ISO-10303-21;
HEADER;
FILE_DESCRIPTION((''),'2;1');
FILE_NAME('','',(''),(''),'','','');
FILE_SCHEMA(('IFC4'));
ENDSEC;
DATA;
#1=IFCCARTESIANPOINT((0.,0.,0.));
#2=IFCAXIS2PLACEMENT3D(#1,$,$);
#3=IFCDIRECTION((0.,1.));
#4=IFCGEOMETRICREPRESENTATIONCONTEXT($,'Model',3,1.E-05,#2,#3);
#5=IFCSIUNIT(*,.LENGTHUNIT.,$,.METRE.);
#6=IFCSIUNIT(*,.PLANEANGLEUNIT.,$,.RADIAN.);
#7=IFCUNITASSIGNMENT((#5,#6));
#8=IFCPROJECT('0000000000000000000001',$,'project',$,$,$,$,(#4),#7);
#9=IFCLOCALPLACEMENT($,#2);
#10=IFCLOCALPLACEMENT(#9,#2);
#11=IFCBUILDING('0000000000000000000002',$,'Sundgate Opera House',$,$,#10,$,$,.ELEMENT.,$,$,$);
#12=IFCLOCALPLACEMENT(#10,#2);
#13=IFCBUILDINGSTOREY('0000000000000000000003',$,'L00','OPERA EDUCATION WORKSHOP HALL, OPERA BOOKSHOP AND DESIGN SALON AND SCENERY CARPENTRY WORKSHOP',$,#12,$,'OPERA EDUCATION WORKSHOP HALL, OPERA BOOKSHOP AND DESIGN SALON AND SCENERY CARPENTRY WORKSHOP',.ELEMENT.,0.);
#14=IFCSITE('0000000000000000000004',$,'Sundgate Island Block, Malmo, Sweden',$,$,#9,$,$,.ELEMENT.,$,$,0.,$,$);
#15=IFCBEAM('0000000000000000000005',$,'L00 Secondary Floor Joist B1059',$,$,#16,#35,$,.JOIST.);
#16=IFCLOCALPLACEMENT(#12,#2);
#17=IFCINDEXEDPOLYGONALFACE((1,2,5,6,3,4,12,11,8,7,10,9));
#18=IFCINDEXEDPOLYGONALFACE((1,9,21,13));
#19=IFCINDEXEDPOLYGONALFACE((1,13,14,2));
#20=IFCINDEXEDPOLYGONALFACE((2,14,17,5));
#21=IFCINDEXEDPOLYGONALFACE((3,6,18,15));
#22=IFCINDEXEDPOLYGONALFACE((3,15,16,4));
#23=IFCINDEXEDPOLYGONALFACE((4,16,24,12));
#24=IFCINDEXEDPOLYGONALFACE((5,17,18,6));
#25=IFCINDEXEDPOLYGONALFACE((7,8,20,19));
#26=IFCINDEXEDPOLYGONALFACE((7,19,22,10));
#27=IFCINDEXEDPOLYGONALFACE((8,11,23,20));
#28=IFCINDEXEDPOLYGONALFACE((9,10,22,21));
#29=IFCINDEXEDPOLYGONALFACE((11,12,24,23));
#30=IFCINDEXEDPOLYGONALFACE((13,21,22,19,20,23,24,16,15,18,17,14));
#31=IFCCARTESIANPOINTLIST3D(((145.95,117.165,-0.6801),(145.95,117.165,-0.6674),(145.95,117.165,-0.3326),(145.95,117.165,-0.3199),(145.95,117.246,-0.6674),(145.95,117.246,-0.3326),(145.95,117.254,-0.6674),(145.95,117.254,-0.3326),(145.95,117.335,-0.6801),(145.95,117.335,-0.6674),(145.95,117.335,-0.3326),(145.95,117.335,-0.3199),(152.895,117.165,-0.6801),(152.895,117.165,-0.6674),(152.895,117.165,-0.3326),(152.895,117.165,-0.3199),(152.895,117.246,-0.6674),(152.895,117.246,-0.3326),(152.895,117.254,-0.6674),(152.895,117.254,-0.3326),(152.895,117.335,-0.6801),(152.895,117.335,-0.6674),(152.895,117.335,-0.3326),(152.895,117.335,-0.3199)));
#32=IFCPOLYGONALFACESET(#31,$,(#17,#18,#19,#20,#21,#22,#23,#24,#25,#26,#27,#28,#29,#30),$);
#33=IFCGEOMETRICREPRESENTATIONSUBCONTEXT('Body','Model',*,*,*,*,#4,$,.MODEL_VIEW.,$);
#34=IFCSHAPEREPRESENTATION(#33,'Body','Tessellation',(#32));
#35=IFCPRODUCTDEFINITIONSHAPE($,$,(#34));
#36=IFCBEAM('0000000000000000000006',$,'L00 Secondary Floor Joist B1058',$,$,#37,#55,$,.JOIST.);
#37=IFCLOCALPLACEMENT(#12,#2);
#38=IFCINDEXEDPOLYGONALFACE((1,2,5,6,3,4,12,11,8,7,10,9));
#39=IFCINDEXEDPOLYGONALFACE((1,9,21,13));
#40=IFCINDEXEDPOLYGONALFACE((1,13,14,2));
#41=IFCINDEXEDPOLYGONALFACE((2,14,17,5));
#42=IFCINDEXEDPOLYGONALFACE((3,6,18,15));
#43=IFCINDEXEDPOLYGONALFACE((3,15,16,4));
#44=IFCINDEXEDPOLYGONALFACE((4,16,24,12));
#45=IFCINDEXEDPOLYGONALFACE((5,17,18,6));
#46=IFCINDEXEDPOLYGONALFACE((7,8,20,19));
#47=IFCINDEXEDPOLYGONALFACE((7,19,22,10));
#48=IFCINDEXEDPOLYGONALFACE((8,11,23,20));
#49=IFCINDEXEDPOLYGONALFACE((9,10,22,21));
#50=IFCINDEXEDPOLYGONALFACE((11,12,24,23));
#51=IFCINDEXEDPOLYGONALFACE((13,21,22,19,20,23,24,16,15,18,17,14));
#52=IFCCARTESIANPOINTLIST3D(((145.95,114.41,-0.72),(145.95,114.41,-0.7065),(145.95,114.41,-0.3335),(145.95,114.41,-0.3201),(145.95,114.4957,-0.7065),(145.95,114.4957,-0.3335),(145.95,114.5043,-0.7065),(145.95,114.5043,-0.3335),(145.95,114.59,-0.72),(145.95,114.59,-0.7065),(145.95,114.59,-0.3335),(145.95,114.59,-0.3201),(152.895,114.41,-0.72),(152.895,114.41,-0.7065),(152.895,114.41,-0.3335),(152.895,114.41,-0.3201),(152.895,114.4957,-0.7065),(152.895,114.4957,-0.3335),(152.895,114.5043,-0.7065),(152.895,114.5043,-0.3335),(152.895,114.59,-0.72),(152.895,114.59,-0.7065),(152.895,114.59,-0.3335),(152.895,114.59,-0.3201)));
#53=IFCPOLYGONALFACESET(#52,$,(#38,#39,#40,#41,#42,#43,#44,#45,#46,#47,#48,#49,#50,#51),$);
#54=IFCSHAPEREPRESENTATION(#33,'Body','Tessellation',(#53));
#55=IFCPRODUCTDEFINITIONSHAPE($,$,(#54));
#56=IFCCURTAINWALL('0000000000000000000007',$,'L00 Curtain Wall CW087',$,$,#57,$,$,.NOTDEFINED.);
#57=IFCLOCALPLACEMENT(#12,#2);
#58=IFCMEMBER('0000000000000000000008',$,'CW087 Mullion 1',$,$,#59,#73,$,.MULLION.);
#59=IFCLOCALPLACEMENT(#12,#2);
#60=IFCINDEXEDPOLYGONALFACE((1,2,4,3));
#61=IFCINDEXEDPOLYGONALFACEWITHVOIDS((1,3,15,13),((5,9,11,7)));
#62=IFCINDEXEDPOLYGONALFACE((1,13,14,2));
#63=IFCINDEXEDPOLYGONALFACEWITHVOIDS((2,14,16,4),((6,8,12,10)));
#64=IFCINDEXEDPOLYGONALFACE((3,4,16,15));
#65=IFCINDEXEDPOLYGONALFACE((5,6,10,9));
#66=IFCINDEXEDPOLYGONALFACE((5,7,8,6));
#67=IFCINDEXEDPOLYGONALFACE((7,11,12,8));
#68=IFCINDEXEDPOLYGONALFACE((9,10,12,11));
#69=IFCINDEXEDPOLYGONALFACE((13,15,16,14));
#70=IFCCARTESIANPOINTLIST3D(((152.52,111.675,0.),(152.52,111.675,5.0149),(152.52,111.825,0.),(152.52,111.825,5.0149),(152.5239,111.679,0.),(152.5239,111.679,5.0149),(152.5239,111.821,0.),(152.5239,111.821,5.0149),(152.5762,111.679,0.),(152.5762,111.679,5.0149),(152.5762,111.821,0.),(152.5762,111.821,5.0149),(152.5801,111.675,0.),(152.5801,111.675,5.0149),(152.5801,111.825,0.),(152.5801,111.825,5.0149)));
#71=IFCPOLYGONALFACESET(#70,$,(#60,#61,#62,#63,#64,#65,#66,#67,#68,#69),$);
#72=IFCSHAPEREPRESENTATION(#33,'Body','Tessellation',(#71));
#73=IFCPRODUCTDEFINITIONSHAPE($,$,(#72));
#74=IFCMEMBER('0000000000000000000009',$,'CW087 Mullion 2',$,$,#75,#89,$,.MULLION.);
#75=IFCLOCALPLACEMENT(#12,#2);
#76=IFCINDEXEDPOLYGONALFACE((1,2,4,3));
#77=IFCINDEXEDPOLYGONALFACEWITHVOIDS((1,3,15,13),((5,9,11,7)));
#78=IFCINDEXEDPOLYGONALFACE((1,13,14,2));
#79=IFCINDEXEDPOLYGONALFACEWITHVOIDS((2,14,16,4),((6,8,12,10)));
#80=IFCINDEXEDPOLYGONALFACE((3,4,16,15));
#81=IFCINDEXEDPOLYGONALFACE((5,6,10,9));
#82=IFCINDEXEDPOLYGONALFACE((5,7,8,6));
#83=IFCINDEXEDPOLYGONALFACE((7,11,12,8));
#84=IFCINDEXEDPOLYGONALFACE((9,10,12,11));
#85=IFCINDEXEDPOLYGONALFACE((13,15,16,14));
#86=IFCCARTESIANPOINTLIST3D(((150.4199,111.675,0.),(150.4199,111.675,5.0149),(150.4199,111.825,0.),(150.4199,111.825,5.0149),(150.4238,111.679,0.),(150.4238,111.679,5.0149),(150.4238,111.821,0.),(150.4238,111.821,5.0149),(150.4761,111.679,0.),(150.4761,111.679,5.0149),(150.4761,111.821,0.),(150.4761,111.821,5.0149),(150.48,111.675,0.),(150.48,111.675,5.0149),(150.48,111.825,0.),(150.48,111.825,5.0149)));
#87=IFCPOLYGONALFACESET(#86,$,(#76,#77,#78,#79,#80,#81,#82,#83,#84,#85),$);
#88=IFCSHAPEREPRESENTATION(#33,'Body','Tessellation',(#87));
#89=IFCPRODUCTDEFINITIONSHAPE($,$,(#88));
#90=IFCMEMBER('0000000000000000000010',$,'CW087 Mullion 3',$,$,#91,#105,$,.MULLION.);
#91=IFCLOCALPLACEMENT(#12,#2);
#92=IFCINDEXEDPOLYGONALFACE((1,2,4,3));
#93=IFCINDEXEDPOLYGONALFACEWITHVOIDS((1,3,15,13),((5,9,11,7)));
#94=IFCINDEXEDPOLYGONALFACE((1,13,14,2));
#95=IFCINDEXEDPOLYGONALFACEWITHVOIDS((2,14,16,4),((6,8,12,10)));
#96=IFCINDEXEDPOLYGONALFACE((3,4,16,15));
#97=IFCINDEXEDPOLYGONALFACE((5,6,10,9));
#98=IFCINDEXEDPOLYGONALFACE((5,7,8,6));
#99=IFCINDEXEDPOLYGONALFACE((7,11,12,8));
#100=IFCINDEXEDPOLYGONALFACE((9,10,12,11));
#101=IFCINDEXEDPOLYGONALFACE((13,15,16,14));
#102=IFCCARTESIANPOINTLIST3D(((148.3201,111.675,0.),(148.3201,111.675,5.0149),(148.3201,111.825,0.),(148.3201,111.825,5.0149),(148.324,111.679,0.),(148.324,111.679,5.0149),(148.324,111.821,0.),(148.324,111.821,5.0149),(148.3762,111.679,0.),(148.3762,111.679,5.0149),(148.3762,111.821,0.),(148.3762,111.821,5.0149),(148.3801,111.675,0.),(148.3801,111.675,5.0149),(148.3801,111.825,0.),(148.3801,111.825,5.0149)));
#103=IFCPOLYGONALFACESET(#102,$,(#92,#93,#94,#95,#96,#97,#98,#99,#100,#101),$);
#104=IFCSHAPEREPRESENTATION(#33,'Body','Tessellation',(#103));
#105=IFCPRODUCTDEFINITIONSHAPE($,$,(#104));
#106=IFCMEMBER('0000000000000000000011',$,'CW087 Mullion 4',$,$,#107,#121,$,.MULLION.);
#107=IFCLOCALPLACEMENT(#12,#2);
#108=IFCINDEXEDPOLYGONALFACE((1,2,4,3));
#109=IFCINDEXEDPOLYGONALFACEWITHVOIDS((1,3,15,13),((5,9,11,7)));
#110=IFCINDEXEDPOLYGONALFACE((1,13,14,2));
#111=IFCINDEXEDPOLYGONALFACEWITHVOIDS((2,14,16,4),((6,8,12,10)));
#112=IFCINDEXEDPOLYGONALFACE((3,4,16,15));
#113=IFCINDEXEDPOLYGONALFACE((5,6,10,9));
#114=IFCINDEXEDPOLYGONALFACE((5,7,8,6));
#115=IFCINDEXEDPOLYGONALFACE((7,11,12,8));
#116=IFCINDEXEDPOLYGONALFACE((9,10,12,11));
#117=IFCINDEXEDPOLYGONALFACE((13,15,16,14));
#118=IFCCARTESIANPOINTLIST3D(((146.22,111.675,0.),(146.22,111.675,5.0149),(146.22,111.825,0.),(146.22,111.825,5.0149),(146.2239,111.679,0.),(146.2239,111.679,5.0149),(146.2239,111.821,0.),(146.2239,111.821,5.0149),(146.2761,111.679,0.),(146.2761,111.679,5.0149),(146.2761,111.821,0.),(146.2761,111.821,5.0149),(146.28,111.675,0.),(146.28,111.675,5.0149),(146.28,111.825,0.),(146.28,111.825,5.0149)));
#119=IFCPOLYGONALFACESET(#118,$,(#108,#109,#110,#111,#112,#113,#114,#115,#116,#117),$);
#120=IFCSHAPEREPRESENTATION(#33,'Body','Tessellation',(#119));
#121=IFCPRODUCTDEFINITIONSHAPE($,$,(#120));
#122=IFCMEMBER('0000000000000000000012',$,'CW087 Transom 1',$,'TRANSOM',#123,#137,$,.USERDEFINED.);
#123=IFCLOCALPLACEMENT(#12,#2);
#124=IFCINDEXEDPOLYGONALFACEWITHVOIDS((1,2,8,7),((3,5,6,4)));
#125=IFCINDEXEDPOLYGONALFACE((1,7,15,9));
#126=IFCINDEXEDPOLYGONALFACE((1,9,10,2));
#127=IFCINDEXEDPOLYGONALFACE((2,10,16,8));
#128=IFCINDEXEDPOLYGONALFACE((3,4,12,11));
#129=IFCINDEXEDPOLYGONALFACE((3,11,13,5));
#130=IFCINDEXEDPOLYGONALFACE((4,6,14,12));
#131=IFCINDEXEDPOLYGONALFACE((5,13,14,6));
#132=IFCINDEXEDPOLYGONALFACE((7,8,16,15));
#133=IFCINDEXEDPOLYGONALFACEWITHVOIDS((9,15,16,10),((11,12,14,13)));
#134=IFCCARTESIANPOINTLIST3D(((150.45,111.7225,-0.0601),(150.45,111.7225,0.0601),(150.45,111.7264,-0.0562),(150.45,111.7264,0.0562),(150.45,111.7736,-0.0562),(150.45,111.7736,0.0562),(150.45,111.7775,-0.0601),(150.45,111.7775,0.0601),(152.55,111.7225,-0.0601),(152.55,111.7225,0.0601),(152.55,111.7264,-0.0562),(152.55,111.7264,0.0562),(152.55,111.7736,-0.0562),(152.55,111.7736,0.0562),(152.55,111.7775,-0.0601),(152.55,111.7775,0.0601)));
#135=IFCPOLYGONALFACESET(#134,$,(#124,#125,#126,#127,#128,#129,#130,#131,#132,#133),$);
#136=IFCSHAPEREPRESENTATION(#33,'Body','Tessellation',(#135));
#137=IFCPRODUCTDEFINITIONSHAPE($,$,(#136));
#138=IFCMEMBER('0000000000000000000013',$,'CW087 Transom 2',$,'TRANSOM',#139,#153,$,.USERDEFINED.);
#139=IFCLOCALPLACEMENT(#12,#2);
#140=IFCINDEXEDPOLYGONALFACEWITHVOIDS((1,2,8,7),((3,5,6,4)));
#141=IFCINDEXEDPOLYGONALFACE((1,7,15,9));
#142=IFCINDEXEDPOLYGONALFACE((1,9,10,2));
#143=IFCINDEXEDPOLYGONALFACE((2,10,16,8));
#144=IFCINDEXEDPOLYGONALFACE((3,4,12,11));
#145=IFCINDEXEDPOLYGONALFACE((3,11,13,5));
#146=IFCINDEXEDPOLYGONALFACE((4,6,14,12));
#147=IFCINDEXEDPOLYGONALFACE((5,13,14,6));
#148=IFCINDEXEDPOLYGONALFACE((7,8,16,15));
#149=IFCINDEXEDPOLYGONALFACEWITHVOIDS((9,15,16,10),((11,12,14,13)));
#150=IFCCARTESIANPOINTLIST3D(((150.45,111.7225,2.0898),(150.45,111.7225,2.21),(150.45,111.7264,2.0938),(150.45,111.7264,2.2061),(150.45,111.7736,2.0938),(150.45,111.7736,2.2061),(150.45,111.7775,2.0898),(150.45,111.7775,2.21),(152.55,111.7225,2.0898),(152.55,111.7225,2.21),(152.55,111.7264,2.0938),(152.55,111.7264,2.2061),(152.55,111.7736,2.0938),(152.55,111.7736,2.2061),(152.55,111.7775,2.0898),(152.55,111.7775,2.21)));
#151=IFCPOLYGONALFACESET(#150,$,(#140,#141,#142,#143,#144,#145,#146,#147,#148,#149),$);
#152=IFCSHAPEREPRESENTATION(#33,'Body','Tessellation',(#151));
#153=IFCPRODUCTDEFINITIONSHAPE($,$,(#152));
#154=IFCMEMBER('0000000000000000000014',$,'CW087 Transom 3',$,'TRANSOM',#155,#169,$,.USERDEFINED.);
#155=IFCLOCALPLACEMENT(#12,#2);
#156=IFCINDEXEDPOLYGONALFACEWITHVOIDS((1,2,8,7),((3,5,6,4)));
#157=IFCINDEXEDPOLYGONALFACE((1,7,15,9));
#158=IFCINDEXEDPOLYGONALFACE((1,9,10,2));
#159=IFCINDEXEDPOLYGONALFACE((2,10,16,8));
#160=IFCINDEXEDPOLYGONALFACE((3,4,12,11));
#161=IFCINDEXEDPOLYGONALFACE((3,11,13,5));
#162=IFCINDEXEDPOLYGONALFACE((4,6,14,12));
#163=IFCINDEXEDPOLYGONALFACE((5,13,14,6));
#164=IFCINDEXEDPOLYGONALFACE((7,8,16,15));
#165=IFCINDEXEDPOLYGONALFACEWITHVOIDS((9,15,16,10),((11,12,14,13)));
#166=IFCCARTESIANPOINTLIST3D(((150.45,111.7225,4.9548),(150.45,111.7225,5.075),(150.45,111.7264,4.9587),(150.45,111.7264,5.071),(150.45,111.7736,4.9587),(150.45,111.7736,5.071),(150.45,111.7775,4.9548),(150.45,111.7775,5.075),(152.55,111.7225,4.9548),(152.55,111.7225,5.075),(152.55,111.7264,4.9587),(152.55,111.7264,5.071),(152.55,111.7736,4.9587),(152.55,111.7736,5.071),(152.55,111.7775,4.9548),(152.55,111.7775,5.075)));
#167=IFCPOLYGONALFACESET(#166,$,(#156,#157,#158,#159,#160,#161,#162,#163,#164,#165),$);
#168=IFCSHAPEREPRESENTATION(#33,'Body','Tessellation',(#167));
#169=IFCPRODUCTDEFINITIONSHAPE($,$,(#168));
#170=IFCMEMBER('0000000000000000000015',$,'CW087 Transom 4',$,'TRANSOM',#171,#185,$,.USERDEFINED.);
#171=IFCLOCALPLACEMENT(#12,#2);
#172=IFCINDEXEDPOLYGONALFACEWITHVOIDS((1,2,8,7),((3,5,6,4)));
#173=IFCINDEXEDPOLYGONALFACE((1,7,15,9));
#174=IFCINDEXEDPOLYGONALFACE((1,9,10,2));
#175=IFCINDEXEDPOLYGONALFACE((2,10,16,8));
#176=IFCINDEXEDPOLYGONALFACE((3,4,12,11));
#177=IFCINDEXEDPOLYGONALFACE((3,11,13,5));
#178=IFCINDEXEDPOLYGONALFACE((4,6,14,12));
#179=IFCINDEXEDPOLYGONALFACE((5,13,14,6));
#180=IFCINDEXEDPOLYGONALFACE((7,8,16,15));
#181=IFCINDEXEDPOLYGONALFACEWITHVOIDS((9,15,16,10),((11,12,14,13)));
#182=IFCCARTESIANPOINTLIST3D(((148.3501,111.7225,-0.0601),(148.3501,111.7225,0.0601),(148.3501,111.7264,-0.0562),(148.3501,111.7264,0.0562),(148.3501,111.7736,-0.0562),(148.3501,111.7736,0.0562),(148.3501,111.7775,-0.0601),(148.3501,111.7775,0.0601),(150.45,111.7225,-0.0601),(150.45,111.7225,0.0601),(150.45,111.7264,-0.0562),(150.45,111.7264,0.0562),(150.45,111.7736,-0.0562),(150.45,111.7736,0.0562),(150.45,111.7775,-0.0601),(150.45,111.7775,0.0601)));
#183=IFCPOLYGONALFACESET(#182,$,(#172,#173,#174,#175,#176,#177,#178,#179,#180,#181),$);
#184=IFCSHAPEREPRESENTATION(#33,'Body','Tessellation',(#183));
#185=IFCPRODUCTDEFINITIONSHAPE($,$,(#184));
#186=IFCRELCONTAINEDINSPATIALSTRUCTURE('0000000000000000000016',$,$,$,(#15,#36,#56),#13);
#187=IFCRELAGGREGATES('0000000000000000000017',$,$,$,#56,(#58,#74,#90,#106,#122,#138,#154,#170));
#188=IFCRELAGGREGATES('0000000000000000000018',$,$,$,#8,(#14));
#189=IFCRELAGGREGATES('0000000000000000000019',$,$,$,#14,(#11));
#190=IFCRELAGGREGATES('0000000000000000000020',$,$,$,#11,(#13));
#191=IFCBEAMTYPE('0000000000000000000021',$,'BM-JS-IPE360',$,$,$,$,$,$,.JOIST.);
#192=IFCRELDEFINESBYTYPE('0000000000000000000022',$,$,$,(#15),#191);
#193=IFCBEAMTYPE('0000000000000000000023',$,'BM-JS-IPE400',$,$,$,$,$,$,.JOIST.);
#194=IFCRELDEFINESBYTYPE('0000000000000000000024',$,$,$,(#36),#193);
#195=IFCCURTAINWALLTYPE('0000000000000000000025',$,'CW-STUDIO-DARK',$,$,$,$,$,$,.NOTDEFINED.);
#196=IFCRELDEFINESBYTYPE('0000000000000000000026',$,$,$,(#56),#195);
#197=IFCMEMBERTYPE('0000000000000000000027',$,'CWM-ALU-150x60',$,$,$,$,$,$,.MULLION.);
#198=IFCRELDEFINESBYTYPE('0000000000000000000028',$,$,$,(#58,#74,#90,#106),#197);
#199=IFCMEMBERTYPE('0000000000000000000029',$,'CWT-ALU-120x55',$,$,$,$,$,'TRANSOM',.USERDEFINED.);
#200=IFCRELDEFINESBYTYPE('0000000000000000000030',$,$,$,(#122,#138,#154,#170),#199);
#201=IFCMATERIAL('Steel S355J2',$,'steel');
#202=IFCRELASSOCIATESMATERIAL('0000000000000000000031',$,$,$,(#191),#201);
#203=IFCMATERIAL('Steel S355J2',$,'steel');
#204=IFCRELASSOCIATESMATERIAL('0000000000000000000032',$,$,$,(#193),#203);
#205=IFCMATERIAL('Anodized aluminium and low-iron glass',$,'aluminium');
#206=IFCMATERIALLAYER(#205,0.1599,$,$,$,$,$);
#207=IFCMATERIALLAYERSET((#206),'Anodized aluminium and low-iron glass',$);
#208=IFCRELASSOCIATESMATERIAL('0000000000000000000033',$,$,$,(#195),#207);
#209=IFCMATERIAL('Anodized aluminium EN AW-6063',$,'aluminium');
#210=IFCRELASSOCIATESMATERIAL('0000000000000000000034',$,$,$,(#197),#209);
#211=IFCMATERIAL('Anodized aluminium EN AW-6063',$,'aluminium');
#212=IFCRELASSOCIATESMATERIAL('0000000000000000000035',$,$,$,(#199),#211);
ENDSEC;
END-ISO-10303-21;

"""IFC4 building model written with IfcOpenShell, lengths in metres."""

from ifc_helpers import new_model, si_unit, direction, frame, origin, origin_2d, place, context, subcontext, project, spatial, hollow_rectangle, i_section, extrude, material, layer, layer_set, material_profile, profile_set, type_object, element, aggregate, save


model = new_model("IFC4")

# Units and contexts
model_context = context("Model", 3, precision=1e-05, world=origin(), true_north=direction((0.0, 1.0)))
body_context = subcontext(model_context, "Body", "Model", "MODEL_VIEW")
ifc_project = project(units=[si_unit("LENGTHUNIT", "METRE"), si_unit("PLANEANGLEUNIT", "RADIAN")], contexts=[model_context])

# Site, building, storey
site_placement = place(None, origin())
site = spatial("IfcSite", under=ifc_project, at=site_placement, Name="Sundgate Island Block, Malmo, Sweden", CompositionType="ELEMENT", RefElevation=0.0)
building_placement = place(site_placement, origin())
building = spatial("IfcBuilding", under=site, at=building_placement, Name="Sundgate Opera House", CompositionType="ELEMENT")
storey_placement = place(building_placement, origin())
storey = spatial("IfcBuildingStorey", under=building, at=storey_placement, Name="L00", Description="OPERA EDUCATION WORKSHOP HALL, OPERA BOOKSHOP AND DESIGN SALON AND SCENERY CARPENTRY WORKSHOP", LongName="OPERA EDUCATION WORKSHOP HALL, OPERA BOOKSHOP AND DESIGN SALON AND SCENERY CARPENTRY WORKSHOP", CompositionType="ELEMENT", Elevation=0.0)

# Beams
ifc_material_1 = material(Name="Steel S355J2", Category="steel")
ifc_material_profile_1 = material_profile(ifc_material_1, i_section(OverallWidth=0.1699, OverallDepth=0.3601, WebThickness=0.0081, FlangeThickness=0.0127, at=origin_2d()), Name="IPE 360")
ifc_profile_set_1 = profile_set([ifc_material_profile_1], Name="Steel S355J2")
beam_type_1 = type_object("IfcBeamType", Name="BM-JS-IPE360", PredefinedType="JOIST", material=ifc_profile_set_1)
beam_1_placement = place(storey_placement, frame((145.95, 117.25, -0.5), z_axis=(1.0, 0.0, 0.0), x_axis=(0.0, 1.0, 0.0)))
element("IfcBeam", 1, at=beam_1_placement, inside=storey, type_object=beam_type_1, Name="L00 Secondary Floor Joist B1059", PredefinedType="JOIST", context=body_context, shape_type="SweptSolid", body=[
    extrude(i_section(OverallWidth=0.1699, OverallDepth=0.3601, WebThickness=0.0081, FlangeThickness=0.0127, at=origin_2d()), origin(), (0.0, 0.0, 1.0), 6.9451),
])
ifc_material_2 = material(Name="Steel S355J2", Category="steel")
ifc_material_profile_2 = material_profile(ifc_material_2, i_section(OverallWidth=0.1799, OverallDepth=0.3999, WebThickness=0.0085, FlangeThickness=0.0134, at=origin_2d()), Name="IPE 400")
ifc_profile_set_2 = profile_set([ifc_material_profile_2], Name="Steel S355J2")
beam_type_2 = type_object("IfcBeamType", Name="BM-JS-IPE400", PredefinedType="JOIST", material=ifc_profile_set_2)
beam_2_placement = place(storey_placement, frame((145.95, 114.5, -0.52), z_axis=(1.0, 0.0, 0.0), x_axis=(0.0, 1.0, 0.0)))
element("IfcBeam", 2, at=beam_2_placement, inside=storey, type_object=beam_type_2, Name="L00 Secondary Floor Joist B1058", PredefinedType="JOIST", context=body_context, shape_type="SweptSolid", body=[
    extrude(i_section(OverallWidth=0.1799, OverallDepth=0.3999, WebThickness=0.0085, FlangeThickness=0.0134, at=origin_2d()), origin(), (0.0, 0.0, 1.0), 6.9451),
])

# Curtain wall, members
ifc_material_3 = material(Name="Anodized aluminium and low-iron glass", Category="aluminium")
ifc_layer_1 = layer(ifc_material_3, 0.1599)
ifc_layer_set_1 = layer_set([ifc_layer_1], Name="Anodized aluminium and low-iron glass")
curtain_wall_type = type_object("IfcCurtainWallType", Name="CW-STUDIO-DARK", PredefinedType="NOTDEFINED", material=ifc_layer_set_1)
curtain_wall_placement = place(storey_placement, origin())
curtain_wall = element("IfcCurtainWall", 3, at=curtain_wall_placement, inside=storey, type_object=curtain_wall_type, Name="L00 Curtain Wall CW087", PredefinedType="NOTDEFINED")
ifc_material_4 = material(Name="Anodized aluminium EN AW-6063", Category="aluminium")
ifc_material_profile_3 = material_profile(ifc_material_4, hollow_rectangle(XDim=0.0601, YDim=0.1499, WallThickness=0.0039, at=origin_2d()), Name="CWM 150x60x4")
ifc_profile_set_3 = profile_set([ifc_material_profile_3], Name="Anodized aluminium EN AW-6063")
member_type_1 = type_object("IfcMemberType", Name="CWM-ALU-150x60", PredefinedType="MULLION", material=ifc_profile_set_3)
member_1_placement = place(storey_placement, frame((152.55, 111.75, 0.0), z_axis=(0.0, 0.0, 1.0), x_axis=(1.0, 0.0, 0.0)))
member_1 = element("IfcMember", 4, at=member_1_placement, type_object=member_type_1, Name="CW087 Mullion 1", PredefinedType="MULLION", context=body_context, shape_type="SweptSolid", body=[
    extrude(hollow_rectangle(XDim=0.0601, YDim=0.1499, WallThickness=0.0039, at=origin_2d()), origin(), (0.0, 0.0, 1.0), 5.0149),
])
member_2_placement = place(storey_placement, frame((150.45, 111.75, 0.0), z_axis=(0.0, 0.0, 1.0), x_axis=(1.0, 0.0, 0.0)))
member_2 = element("IfcMember", 5, at=member_2_placement, type_object=member_type_1, Name="CW087 Mullion 2", PredefinedType="MULLION", context=body_context, shape_type="SweptSolid", body=[
    extrude(hollow_rectangle(XDim=0.0601, YDim=0.1499, WallThickness=0.0039, at=origin_2d()), origin(), (0.0, 0.0, 1.0), 5.0149),
])
member_3_placement = place(storey_placement, frame((148.3501, 111.75, 0.0), z_axis=(0.0, 0.0, 1.0), x_axis=(1.0, 0.0, 0.0)))
member_3 = element("IfcMember", 6, at=member_3_placement, type_object=member_type_1, Name="CW087 Mullion 3", PredefinedType="MULLION", context=body_context, shape_type="SweptSolid", body=[
    extrude(hollow_rectangle(XDim=0.0601, YDim=0.1499, WallThickness=0.0039, at=origin_2d()), origin(), (0.0, 0.0, 1.0), 5.0149),
])
member_4_placement = place(storey_placement, frame((146.25, 111.75, 0.0), z_axis=(0.0, 0.0, 1.0), x_axis=(1.0, 0.0, 0.0)))
member_4 = element("IfcMember", 7, at=member_4_placement, type_object=member_type_1, Name="CW087 Mullion 4", PredefinedType="MULLION", context=body_context, shape_type="SweptSolid", body=[
    extrude(hollow_rectangle(XDim=0.0601, YDim=0.1499, WallThickness=0.0039, at=origin_2d()), origin(), (0.0, 0.0, 1.0), 5.0149),
])
ifc_material_5 = material(Name="Anodized aluminium EN AW-6063", Category="aluminium")
ifc_material_profile_4 = material_profile(ifc_material_5, hollow_rectangle(XDim=0.0549, YDim=0.1201, WallThickness=0.0039, at=origin_2d()), Name="CWT 120x55x4")
ifc_profile_set_4 = profile_set([ifc_material_profile_4], Name="Anodized aluminium EN AW-6063")
member_type_2 = type_object("IfcMemberType", Name="CWT-ALU-120x55", ElementType="TRANSOM", PredefinedType="USERDEFINED", material=ifc_profile_set_4)
member_5_placement = place(storey_placement, frame((152.55, 111.75, 0.0), z_axis=(-1.0, 0.0, 0.0), x_axis=(0.0, -1.0, 0.0)))
member_5 = element("IfcMember", 8, at=member_5_placement, type_object=member_type_2, Name="CW087 Transom 1", ObjectType="TRANSOM", PredefinedType="USERDEFINED", context=body_context, shape_type="SweptSolid", body=[
    extrude(hollow_rectangle(XDim=0.0549, YDim=0.1201, WallThickness=0.0039, at=origin_2d()), origin(), (0.0, 0.0, 1.0), 2.1001),
])
member_6_placement = place(storey_placement, frame((152.55, 111.75, 2.1499), z_axis=(-1.0, 0.0, 0.0), x_axis=(0.0, -1.0, 0.0)))
member_6 = element("IfcMember", 9, at=member_6_placement, type_object=member_type_2, Name="CW087 Transom 2", ObjectType="TRANSOM", PredefinedType="USERDEFINED", context=body_context, shape_type="SweptSolid", body=[
    extrude(hollow_rectangle(XDim=0.0549, YDim=0.1201, WallThickness=0.0039, at=origin_2d()), origin(), (0.0, 0.0, 1.0), 2.1001),
])
member_7_placement = place(storey_placement, frame((152.55, 111.75, 5.0149), z_axis=(-1.0, 0.0, 0.0), x_axis=(0.0, -1.0, 0.0)))
member_7 = element("IfcMember", 10, at=member_7_placement, type_object=member_type_2, Name="CW087 Transom 3", ObjectType="TRANSOM", PredefinedType="USERDEFINED", context=body_context, shape_type="SweptSolid", body=[
    extrude(hollow_rectangle(XDim=0.0549, YDim=0.1201, WallThickness=0.0039, at=origin_2d()), origin(), (0.0, 0.0, 1.0), 2.1001),
])
member_8_placement = place(storey_placement, frame((150.45, 111.75, 0.0), z_axis=(-1.0, 0.0, 0.0), x_axis=(0.0, -1.0, 0.0)))
member_8 = element("IfcMember", 11, at=member_8_placement, type_object=member_type_2, Name="CW087 Transom 4", ObjectType="TRANSOM", PredefinedType="USERDEFINED", context=body_context, shape_type="SweptSolid", body=[
    extrude(hollow_rectangle(XDim=0.0549, YDim=0.1201, WallThickness=0.0039, at=origin_2d()), origin(), (0.0, 0.0, 1.0), 2.0999),
])
aggregate(curtain_wall, [member_1, member_2, member_3, member_4, member_5, member_6, member_7, member_8])

save(model, "model.ifc")
